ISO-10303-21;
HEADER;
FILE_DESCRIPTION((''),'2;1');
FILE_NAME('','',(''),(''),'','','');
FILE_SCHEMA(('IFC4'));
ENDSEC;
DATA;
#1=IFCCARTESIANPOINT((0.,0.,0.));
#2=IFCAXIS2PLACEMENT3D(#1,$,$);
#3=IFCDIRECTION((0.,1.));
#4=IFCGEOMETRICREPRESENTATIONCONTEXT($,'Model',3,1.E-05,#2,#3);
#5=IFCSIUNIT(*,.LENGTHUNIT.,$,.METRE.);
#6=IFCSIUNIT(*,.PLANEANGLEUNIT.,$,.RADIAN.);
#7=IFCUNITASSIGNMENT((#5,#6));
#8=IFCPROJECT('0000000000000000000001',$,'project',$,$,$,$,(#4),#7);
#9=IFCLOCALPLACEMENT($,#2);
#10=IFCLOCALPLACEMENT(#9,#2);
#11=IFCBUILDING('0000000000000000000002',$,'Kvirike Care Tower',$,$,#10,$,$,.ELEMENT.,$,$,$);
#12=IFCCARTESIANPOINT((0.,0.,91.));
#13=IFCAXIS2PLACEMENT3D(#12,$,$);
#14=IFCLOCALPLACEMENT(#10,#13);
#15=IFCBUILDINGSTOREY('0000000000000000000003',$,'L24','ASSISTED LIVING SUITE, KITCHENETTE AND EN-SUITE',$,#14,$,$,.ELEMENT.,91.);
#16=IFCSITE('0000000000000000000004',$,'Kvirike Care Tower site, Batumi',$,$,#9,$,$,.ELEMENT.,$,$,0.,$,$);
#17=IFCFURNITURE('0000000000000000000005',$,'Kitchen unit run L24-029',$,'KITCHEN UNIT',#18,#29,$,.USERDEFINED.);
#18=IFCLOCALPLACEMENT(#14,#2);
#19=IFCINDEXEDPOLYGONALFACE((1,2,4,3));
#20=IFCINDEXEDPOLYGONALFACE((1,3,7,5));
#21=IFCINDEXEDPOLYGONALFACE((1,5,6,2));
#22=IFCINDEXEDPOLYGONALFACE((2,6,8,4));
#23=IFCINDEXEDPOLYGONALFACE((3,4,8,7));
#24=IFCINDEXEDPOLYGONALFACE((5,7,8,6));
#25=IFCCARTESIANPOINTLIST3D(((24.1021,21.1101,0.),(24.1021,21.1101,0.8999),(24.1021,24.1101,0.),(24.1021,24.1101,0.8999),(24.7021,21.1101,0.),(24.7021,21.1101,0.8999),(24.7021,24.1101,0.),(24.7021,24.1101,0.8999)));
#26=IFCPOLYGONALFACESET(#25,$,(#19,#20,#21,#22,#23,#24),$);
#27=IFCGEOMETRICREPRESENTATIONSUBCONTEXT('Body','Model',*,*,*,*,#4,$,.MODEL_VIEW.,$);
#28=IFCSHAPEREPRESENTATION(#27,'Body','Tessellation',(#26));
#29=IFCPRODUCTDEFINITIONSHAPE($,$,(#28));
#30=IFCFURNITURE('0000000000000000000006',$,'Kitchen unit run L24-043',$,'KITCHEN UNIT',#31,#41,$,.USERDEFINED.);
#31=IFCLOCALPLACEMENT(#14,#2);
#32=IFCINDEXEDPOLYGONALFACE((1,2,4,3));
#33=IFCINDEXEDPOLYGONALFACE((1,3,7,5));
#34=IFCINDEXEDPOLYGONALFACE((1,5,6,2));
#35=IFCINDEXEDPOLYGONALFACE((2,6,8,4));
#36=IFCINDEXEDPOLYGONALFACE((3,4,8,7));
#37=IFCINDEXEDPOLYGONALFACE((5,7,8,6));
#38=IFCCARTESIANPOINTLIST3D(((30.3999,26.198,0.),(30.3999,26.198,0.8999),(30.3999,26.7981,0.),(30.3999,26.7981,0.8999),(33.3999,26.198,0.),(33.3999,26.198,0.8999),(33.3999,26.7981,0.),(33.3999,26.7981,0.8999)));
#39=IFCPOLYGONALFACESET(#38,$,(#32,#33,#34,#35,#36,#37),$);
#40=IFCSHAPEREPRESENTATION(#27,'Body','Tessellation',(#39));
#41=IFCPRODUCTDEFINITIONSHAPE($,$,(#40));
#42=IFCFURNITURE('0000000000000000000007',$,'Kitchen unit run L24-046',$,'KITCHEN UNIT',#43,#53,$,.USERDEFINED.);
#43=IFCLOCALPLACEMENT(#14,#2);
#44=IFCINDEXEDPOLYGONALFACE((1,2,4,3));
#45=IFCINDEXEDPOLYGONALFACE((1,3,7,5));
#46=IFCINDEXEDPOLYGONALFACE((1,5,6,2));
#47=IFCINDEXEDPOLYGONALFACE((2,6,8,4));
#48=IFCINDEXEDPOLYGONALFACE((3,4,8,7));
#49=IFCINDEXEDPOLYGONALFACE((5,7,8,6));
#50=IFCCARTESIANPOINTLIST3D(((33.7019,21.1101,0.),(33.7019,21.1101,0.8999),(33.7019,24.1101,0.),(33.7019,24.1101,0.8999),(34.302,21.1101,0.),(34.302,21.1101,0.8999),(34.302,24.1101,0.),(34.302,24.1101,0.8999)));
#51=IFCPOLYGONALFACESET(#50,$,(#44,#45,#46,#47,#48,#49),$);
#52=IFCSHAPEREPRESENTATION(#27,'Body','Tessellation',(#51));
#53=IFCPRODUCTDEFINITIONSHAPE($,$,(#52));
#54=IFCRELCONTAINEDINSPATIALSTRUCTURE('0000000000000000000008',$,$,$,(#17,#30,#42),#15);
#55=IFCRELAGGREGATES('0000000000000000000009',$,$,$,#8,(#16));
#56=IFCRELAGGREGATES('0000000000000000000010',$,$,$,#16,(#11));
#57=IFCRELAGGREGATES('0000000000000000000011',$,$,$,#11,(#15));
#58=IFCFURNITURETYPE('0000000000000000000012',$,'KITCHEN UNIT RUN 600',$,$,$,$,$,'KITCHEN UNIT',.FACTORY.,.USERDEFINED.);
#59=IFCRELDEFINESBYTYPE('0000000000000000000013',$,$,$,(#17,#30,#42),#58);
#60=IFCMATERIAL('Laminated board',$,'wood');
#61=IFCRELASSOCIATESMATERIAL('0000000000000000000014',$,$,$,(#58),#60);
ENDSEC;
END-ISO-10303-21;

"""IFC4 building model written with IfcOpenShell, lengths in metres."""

from ifc_helpers import new_model, si_unit, direction, frame, origin, origin_2d, place, context, subcontext, project, spatial, rectangle, extrude, material, type_object, element, save


model = new_model("IFC4")

# Units and contexts
model_context = context("Model", 3, precision=1e-05, world=origin(), true_north=direction((0.0, 1.0)))
body_context = subcontext(model_context, "Body", "Model", "MODEL_VIEW")
ifc_project = project(units=[si_unit("LENGTHUNIT", "METRE"), si_unit("PLANEANGLEUNIT", "RADIAN")], contexts=[model_context])

# Site, building, storey
site_placement = place(None, origin())
site = spatial("IfcSite", under=ifc_project, at=site_placement, Name="Kvirike Care Tower site, Batumi", CompositionType="ELEMENT", RefElevation=0.0)
building_placement = place(site_placement, origin())
building = spatial("IfcBuilding", under=site, at=building_placement, Name="Kvirike Care Tower", CompositionType="ELEMENT")
storey_placement = place(building_placement, frame((0.0, 0.0, 91.0)))
storey = spatial("IfcBuildingStorey", under=building, at=storey_placement, Name="L24", Description="ASSISTED LIVING SUITE, KITCHENETTE AND EN-SUITE", CompositionType="ELEMENT", Elevation=91.0)

# Furniture
ifc_material_1 = material(Name="Laminated board", Category="wood")
furniture_type = type_object("IfcFurnitureType", Name="KITCHEN UNIT RUN 600", ElementType="KITCHEN UNIT", AssemblyPlace="FACTORY", PredefinedType="USERDEFINED", material=ifc_material_1)
for number, where, z_axis, x_axis, name in (
    (1, (24.4021, 22.6101, 0.0), (0.0, 0.0, 1.0), (0.0, 1.0, 0.0), "Kitchen unit run L24-029"),
    (2, (31.8999, 26.498, 0.0), (0.0, 0.0, 1.0), (1.0, 0.0, 0.0), "Kitchen unit run L24-043"),
    (3, (34.002, 22.6101, 0.0), (0.0, 0.0, 1.0), (0.0, 1.0, 0.0), "Kitchen unit run L24-046"),
):
    element("IfcFurniture", number, at=place(storey_placement, frame(where, z_axis=z_axis, x_axis=x_axis)), inside=storey, type_object=furniture_type, Name=name, ObjectType="KITCHEN UNIT", PredefinedType="USERDEFINED", context=body_context, shape_type="SweptSolid", body=[
        extrude(rectangle(XDim=3.0, YDim=0.6001, at=origin_2d()), origin(), (0.0, 0.0, 1.0), 0.8999),
    ])

save(model, "model.ifc")
